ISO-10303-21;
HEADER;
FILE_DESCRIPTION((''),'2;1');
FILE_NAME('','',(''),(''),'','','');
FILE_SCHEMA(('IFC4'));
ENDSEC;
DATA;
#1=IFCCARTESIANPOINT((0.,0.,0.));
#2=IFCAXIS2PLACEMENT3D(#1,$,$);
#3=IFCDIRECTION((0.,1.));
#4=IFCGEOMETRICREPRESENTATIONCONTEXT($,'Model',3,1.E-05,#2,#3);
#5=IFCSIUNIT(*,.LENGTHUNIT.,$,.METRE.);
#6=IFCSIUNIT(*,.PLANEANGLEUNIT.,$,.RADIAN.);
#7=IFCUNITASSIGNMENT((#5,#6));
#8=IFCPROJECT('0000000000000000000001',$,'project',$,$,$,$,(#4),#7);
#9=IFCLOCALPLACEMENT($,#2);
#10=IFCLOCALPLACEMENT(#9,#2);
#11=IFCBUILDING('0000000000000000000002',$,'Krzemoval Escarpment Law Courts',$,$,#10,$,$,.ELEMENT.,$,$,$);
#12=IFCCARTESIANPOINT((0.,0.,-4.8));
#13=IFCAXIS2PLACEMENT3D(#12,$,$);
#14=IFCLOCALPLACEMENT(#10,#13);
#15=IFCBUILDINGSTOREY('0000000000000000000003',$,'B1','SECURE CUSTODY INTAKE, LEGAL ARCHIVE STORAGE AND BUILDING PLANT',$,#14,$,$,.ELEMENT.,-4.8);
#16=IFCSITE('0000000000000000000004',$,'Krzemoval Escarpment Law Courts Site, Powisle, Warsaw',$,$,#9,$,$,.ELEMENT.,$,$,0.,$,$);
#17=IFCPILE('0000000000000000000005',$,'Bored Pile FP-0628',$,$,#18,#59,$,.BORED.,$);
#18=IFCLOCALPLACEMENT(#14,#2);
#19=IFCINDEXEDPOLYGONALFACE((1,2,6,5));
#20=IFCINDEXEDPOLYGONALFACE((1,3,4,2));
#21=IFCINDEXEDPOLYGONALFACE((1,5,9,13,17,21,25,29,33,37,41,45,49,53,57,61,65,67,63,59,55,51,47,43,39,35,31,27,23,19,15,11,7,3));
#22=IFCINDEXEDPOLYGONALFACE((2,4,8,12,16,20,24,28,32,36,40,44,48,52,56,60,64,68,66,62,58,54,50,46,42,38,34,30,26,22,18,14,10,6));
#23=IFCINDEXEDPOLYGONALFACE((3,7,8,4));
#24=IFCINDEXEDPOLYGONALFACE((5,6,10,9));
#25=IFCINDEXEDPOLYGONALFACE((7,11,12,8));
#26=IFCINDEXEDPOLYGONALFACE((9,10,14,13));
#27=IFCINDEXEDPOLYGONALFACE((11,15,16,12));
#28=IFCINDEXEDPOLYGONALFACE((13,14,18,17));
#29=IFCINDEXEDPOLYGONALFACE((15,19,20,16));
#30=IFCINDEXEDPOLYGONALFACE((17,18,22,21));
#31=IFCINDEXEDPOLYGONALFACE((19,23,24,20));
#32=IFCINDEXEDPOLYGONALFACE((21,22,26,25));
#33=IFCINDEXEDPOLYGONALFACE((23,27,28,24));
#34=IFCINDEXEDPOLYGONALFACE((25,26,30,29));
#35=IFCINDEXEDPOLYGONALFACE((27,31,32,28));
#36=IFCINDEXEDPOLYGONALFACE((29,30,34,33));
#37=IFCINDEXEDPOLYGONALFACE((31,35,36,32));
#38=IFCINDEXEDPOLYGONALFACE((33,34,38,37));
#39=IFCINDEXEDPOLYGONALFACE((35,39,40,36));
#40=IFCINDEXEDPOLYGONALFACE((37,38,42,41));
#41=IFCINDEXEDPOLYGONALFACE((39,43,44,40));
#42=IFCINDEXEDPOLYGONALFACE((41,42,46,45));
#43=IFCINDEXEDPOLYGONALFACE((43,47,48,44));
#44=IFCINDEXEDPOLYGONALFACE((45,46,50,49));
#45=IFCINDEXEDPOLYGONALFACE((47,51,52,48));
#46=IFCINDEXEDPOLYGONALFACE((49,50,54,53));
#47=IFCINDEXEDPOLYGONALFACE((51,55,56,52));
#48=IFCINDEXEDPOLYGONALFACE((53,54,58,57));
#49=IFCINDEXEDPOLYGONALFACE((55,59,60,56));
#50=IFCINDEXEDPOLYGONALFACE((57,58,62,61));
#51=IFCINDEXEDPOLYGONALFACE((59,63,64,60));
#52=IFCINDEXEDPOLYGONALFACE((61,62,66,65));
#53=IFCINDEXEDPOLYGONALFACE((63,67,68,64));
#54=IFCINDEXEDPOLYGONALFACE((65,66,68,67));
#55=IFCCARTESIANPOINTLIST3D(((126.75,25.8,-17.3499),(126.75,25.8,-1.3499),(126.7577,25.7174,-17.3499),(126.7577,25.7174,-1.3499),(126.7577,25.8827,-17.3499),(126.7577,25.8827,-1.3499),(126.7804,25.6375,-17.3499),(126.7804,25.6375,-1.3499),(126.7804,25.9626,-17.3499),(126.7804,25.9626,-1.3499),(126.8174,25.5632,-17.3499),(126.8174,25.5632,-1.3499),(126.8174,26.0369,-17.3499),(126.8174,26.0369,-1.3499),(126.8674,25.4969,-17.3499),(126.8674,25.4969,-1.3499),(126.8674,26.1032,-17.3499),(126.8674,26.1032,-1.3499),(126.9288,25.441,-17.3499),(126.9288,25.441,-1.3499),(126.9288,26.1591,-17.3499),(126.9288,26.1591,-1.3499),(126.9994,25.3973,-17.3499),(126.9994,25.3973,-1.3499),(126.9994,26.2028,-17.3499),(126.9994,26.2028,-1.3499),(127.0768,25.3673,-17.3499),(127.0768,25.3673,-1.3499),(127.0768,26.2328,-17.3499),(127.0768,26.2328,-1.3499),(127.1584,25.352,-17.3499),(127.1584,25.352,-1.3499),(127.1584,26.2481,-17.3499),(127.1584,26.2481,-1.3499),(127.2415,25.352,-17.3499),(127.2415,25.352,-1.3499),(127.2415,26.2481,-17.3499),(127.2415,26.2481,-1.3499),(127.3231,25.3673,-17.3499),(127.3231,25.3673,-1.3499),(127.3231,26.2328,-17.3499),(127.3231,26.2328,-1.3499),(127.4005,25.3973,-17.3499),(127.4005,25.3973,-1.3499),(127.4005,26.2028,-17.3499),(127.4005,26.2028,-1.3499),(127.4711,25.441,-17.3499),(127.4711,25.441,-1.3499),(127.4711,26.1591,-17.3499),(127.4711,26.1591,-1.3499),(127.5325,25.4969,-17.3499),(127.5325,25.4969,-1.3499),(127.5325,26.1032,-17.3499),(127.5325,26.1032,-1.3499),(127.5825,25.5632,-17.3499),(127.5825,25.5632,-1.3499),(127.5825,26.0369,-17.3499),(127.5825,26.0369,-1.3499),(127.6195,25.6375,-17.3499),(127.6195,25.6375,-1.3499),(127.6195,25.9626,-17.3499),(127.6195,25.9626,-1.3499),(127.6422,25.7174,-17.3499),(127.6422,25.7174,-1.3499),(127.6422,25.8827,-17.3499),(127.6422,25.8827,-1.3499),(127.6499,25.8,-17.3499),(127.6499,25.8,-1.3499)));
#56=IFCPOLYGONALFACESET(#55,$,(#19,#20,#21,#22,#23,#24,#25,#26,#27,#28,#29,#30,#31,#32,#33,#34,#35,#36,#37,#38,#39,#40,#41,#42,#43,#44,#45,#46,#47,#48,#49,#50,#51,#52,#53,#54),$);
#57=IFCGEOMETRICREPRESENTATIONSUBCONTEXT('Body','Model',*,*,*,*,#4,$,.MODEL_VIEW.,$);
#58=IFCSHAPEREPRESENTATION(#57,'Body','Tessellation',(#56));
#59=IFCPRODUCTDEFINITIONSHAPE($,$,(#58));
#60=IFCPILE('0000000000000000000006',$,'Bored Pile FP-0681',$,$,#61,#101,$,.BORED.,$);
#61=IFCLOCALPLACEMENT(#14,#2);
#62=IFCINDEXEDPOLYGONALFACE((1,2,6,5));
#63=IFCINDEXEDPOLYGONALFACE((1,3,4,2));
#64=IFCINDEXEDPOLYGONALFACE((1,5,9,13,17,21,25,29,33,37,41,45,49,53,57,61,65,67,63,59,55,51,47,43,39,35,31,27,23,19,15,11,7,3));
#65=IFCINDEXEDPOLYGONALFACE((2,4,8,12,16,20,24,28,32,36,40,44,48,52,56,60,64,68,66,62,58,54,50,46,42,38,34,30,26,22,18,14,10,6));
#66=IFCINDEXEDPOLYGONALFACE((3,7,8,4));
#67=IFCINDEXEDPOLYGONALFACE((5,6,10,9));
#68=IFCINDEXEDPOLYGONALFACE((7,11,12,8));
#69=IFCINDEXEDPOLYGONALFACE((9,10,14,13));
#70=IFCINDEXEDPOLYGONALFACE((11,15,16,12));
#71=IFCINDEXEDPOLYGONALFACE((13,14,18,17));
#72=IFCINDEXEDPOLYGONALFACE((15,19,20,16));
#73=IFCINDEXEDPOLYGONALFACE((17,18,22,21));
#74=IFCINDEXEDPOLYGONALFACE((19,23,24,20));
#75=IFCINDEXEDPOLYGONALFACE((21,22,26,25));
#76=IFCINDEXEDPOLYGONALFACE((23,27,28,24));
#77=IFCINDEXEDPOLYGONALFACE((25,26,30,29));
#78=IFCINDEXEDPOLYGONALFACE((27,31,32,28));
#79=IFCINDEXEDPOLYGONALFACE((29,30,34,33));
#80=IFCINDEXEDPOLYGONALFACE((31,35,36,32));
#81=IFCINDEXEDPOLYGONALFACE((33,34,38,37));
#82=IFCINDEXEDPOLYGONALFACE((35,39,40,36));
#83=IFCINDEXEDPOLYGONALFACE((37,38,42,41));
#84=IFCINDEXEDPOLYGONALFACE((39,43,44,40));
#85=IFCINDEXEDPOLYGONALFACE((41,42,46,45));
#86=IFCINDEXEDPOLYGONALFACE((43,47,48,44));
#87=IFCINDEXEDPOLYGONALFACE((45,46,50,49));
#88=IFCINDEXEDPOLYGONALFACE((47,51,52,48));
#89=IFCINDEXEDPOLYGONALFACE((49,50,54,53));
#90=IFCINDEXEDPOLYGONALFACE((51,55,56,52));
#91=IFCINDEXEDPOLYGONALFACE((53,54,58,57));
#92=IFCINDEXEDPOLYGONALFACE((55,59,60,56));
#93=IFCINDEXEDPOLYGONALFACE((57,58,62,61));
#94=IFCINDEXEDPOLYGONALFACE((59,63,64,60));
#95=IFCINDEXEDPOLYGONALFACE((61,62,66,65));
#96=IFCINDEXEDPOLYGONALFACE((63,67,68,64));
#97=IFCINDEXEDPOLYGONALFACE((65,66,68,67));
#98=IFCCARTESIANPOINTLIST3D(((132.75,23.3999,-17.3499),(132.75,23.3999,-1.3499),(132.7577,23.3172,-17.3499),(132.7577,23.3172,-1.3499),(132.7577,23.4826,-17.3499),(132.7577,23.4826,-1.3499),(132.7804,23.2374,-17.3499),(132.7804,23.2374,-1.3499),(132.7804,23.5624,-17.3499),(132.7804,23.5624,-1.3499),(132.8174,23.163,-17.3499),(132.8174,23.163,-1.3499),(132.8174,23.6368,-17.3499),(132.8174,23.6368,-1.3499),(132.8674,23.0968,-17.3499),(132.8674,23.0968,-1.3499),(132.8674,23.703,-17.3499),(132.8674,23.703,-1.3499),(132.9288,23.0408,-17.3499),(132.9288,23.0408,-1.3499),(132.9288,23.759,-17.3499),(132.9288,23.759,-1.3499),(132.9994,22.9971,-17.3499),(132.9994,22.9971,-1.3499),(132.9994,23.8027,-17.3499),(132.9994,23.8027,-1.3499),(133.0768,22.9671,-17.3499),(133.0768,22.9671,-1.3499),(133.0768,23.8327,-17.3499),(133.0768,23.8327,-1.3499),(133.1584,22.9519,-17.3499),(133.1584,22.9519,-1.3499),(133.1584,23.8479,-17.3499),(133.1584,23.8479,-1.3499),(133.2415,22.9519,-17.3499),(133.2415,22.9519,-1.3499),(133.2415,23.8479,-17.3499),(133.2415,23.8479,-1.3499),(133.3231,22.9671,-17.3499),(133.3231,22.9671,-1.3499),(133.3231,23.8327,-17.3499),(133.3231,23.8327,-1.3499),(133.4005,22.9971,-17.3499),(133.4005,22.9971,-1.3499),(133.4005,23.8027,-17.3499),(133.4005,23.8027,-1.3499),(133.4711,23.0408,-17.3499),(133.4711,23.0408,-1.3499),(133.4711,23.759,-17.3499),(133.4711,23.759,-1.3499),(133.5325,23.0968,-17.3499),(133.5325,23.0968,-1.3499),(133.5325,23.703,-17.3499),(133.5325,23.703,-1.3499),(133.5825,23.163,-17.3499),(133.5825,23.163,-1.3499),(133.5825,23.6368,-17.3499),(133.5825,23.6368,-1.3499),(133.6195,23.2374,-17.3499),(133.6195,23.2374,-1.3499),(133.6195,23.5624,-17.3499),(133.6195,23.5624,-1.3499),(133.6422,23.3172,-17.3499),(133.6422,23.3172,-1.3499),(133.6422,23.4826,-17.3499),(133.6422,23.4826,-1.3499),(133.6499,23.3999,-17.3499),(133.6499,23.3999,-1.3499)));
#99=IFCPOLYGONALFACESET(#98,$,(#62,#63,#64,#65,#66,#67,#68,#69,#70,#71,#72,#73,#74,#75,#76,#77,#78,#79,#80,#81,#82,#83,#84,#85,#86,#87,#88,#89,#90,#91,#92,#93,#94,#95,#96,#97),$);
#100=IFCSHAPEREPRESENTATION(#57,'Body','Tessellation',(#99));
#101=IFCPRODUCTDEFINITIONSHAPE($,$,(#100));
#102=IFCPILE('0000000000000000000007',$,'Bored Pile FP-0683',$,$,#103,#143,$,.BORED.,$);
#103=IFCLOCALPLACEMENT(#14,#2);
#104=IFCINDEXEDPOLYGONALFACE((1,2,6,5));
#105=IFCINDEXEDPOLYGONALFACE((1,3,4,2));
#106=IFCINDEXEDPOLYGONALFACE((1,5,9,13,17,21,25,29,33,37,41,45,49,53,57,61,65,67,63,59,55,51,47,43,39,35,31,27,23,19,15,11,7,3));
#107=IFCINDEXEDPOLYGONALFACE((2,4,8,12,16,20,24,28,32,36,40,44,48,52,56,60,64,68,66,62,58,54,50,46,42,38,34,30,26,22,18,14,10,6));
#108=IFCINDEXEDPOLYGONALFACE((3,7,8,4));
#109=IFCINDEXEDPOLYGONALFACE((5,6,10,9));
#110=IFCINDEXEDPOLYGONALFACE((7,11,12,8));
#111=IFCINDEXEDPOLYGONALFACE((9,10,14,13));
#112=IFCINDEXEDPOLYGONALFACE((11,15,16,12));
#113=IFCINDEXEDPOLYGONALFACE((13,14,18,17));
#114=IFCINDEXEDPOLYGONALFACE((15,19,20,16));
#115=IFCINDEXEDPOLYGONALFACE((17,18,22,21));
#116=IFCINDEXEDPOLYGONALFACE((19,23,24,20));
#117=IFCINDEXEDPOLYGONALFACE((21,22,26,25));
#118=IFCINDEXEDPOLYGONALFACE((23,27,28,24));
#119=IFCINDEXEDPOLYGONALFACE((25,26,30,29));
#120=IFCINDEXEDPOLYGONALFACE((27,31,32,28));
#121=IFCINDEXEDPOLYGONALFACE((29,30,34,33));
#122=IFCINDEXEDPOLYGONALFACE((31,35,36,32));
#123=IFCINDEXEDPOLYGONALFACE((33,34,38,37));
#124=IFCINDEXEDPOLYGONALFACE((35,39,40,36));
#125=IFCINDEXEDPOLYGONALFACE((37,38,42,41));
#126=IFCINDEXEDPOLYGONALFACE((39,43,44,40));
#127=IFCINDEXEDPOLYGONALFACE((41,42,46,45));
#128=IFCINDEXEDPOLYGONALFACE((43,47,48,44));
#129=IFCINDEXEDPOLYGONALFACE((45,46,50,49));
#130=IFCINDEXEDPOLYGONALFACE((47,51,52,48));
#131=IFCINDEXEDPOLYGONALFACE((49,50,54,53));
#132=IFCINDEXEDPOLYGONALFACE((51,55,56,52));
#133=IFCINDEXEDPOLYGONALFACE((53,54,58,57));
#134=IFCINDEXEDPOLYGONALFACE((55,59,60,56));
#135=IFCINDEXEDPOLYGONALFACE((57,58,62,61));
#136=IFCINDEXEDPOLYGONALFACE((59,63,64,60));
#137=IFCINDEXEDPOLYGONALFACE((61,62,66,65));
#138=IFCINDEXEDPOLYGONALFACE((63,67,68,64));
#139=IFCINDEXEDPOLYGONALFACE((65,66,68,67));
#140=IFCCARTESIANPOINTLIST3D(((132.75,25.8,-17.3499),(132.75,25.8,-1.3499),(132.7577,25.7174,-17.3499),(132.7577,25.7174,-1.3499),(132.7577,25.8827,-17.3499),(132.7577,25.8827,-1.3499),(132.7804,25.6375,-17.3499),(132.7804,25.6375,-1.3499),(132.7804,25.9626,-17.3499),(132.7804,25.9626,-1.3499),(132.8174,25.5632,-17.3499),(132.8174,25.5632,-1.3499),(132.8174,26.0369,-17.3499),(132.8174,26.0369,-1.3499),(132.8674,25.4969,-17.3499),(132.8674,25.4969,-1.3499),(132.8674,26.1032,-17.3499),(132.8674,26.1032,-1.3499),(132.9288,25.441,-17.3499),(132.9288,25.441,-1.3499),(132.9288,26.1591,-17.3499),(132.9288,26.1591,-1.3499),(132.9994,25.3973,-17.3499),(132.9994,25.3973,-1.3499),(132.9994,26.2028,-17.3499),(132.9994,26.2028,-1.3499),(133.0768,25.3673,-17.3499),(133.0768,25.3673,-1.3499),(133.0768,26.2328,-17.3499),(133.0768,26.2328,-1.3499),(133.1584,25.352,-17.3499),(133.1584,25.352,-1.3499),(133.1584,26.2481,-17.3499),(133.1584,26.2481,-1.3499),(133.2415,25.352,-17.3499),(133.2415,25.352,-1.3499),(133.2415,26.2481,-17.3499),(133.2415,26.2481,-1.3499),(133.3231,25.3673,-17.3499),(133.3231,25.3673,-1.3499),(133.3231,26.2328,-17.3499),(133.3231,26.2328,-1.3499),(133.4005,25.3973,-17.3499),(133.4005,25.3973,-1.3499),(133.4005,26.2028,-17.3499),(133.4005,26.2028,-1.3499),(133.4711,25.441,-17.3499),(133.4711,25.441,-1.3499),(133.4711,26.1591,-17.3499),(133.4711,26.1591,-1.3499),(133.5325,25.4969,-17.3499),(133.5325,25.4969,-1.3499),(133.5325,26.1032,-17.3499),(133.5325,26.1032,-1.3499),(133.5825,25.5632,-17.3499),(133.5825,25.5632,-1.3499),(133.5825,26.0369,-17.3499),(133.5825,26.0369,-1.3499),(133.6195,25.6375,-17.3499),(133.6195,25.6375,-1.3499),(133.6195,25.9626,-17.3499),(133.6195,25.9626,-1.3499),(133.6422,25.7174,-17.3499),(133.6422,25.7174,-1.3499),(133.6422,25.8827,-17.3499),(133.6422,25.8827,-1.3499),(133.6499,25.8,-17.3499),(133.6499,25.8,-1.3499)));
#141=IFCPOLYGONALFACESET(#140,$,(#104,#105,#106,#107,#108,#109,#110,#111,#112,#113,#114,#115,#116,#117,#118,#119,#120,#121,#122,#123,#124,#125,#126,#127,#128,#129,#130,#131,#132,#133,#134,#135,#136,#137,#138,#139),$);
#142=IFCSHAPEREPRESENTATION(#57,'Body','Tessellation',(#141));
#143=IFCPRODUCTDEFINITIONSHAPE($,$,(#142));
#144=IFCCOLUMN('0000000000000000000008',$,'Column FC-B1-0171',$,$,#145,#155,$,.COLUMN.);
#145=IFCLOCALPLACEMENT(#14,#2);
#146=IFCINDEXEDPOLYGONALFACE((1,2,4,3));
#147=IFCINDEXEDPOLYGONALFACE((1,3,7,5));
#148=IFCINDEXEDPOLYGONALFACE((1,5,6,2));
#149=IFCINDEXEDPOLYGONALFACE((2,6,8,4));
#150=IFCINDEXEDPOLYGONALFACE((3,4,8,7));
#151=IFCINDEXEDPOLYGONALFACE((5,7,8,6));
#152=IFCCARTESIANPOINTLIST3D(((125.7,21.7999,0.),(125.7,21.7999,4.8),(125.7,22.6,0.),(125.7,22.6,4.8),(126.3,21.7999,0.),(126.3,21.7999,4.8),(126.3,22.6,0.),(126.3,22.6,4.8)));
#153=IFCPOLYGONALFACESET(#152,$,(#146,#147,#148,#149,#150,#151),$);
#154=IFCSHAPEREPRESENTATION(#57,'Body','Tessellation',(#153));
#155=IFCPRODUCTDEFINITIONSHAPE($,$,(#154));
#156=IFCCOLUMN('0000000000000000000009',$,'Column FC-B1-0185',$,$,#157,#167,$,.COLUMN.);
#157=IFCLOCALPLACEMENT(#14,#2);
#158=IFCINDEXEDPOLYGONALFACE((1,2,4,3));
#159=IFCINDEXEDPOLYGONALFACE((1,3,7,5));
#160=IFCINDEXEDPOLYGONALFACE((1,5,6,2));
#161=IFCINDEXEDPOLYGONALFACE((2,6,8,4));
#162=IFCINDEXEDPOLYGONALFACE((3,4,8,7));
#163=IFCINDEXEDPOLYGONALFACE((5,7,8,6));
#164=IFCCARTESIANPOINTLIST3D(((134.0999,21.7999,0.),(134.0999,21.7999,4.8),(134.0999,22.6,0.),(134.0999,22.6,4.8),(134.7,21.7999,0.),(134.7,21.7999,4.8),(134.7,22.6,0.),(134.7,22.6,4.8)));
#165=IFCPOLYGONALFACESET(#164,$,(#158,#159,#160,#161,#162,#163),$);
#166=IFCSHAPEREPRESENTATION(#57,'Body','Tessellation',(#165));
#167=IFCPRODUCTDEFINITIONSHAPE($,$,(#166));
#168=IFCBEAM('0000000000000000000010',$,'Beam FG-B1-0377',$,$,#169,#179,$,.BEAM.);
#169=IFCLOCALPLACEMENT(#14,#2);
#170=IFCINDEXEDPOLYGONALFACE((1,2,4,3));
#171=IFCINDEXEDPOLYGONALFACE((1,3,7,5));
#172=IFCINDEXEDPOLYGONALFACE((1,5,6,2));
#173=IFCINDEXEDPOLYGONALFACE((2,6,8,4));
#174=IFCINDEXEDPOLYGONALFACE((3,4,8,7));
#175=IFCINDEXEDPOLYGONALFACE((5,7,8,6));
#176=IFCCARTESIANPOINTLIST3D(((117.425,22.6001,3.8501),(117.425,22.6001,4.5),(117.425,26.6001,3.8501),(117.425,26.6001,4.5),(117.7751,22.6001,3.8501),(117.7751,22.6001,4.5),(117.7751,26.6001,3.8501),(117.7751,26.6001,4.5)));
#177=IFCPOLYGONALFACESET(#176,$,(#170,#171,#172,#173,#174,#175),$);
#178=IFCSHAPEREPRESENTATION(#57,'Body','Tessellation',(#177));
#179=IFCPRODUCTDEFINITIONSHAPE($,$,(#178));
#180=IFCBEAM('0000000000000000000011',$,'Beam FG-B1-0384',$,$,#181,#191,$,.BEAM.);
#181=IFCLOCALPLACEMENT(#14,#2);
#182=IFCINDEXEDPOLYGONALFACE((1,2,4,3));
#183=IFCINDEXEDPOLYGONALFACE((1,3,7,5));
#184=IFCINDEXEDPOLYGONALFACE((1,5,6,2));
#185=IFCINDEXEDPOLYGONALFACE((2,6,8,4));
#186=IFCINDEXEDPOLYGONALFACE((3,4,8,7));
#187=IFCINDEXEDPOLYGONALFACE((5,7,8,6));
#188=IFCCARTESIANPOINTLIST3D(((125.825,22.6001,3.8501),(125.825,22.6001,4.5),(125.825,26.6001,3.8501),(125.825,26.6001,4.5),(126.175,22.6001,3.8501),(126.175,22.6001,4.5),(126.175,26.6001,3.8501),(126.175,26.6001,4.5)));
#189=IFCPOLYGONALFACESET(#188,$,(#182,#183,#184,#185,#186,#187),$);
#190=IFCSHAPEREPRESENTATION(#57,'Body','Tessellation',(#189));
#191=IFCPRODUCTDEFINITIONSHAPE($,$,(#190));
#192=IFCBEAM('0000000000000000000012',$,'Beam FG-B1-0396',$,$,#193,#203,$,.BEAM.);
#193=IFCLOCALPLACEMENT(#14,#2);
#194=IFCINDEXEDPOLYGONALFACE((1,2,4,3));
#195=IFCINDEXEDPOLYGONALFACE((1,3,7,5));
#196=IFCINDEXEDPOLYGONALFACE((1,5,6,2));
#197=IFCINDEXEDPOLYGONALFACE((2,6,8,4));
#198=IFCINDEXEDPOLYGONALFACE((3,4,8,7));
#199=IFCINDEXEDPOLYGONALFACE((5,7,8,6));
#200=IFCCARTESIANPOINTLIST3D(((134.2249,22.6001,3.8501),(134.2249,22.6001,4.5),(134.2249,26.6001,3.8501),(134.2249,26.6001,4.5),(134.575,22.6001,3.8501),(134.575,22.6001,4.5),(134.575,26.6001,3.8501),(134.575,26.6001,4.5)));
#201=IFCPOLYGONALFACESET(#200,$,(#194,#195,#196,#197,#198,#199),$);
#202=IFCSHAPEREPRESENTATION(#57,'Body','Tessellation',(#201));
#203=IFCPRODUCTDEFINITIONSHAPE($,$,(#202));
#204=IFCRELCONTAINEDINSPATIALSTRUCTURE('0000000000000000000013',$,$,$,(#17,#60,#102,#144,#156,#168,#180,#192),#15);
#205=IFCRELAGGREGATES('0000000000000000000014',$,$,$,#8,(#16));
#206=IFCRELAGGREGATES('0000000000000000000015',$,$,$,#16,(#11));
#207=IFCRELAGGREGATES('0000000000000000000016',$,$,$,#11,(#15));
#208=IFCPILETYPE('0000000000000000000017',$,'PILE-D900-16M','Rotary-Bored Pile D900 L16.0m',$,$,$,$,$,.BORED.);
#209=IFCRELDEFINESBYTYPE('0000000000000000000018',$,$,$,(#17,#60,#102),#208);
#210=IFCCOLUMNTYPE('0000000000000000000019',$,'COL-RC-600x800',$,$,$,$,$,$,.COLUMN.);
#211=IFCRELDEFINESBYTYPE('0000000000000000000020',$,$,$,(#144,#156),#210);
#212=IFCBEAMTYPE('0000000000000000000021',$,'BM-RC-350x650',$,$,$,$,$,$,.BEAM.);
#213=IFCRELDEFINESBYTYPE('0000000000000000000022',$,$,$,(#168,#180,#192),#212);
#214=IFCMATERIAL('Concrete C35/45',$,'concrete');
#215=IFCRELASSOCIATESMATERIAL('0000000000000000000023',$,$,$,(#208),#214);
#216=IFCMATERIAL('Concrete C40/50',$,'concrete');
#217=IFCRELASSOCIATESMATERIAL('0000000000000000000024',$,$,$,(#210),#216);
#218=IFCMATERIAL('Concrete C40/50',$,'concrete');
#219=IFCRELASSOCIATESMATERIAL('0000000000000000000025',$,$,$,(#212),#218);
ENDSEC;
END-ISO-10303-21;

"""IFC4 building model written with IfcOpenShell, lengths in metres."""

from ifc_helpers import new_model, si_unit, direction, frame, origin, origin_2d, place, context, subcontext, project, spatial, rectangle, circle, extrude, material, material_profile, profile_set, type_object, element, save


model = new_model("IFC4")

# Units and contexts
model_context = context("Model", 3, precision=1e-05, world=origin(), true_north=direction((0.0, 1.0)))
body_context = subcontext(model_context, "Body", "Model", "MODEL_VIEW")
ifc_project = project(units=[si_unit("LENGTHUNIT", "METRE"), si_unit("PLANEANGLEUNIT", "RADIAN")], contexts=[model_context])

# Site, building, storey
site_placement = place(None, origin())
site = spatial("IfcSite", under=ifc_project, at=site_placement, Name="Krzemoval Escarpment Law Courts Site, Powisle, Warsaw", CompositionType="ELEMENT", RefElevation=0.0)
building_placement = place(site_placement, origin())
building = spatial("IfcBuilding", under=site, at=building_placement, Name="Krzemoval Escarpment Law Courts", CompositionType="ELEMENT")
storey_placement = place(building_placement, frame((0.0, 0.0, -4.8)))
storey = spatial("IfcBuildingStorey", under=building, at=storey_placement, Name="B1", Description="SECURE CUSTODY INTAKE, LEGAL ARCHIVE STORAGE AND BUILDING PLANT", CompositionType="ELEMENT", Elevation=-4.8)

# Piles
ifc_material_1 = material(Name="Concrete C35/45", Category="concrete")
ifc_material_profile_1 = material_profile(ifc_material_1, circle(Radius=0.45, at=origin_2d()), Name="PILE D900")
ifc_profile_set_1 = profile_set([ifc_material_profile_1], Name="Concrete C35/45")
pile_type = type_object("IfcPileType", Name="PILE-D900-16M", Description="Rotary-Bored Pile D900 L16.0m", PredefinedType="BORED", material=ifc_profile_set_1)
for number, where, z_axis, x_axis, name in (
    (1, (127.2, 25.8, -1.3499), (0.0, 0.0, -1.0), (1.0, 0.0, 0.0), "Bored Pile FP-0628"),
    (2, (133.2, 23.3999, -1.3499), (0.0, 0.0, -1.0), (1.0, 0.0, 0.0), "Bored Pile FP-0681"),
    (3, (133.2, 25.8, -1.3499), (0.0, 0.0, -1.0), (1.0, 0.0, 0.0), "Bored Pile FP-0683"),
):
    element("IfcPile", number, at=place(storey_placement, frame(where, z_axis=z_axis, x_axis=x_axis)), inside=storey, type_object=pile_type, Name=name, PredefinedType="BORED", context=body_context, shape_type="SweptSolid", body=[
        extrude(circle(Radius=0.45, at=origin_2d()), origin(), (0.0, 0.0, 1.0), 16.0),
    ])

# Columns
ifc_material_2 = material(Name="Concrete C40/50", Category="concrete")
ifc_material_profile_2 = material_profile(ifc_material_2, rectangle(XDim=0.6001, YDim=0.8, at=origin_2d()), Name="RC 600x800")
ifc_profile_set_2 = profile_set([ifc_material_profile_2], Name="Concrete C40/50")
column_type = type_object("IfcColumnType", Name="COL-RC-600x800", PredefinedType="COLUMN", material=ifc_profile_set_2)
for number, where, z_axis, x_axis, name in (
    (4, (126.0, 22.2, 0.0), (0.0, 0.0, 1.0), (1.0, 0.0, 0.0), "Column FC-B1-0171"),
    (5, (134.3999, 22.2, 0.0), (0.0, 0.0, 1.0), (1.0, 0.0, 0.0), "Column FC-B1-0185"),
):
    element("IfcColumn", number, at=place(storey_placement, frame(where, z_axis=z_axis, x_axis=x_axis)), inside=storey, type_object=column_type, Name=name, PredefinedType="COLUMN", context=body_context, shape_type="SweptSolid", body=[
        extrude(rectangle(XDim=0.6001, YDim=0.8, at=origin_2d()), origin(), (0.0, 0.0, 1.0), 4.8),
    ])

# Beams
ifc_material_3 = material(Name="Concrete C40/50", Category="concrete")
ifc_material_profile_3 = material_profile(ifc_material_3, rectangle(XDim=0.3501, YDim=0.6499, at=origin_2d()), Name="RCB 350x650")
ifc_profile_set_3 = profile_set([ifc_material_profile_3], Name="Concrete C40/50")
beam_type_1 = type_object("IfcBeamType", Name="BM-RC-350x650", PredefinedType="BEAM", material=ifc_profile_set_3)
for number, where, z_axis, x_axis, name in (
    (6, (117.6001, 22.6001, 4.175), (0.0, 1.0, 0.0), (-1.0, 0.0, 0.0), "Beam FG-B1-0377"),
    (7, (126.0, 22.6001, 4.175), (0.0, 1.0, 0.0), (-1.0, 0.0, 0.0), "Beam FG-B1-0384"),
    (8, (134.3999, 22.6001, 4.175), (0.0, 1.0, 0.0), (-1.0, 0.0, 0.0), "Beam FG-B1-0396"),
):
    element("IfcBeam", number, at=place(storey_placement, frame(where, z_axis=z_axis, x_axis=x_axis)), inside=storey, type_object=beam_type_1, Name=name, PredefinedType="BEAM", context=body_context, shape_type="SweptSolid", body=[
        extrude(rectangle(XDim=0.3501, YDim=0.6499, at=origin_2d()), origin(), (0.0, 0.0, 1.0), 4.0),
    ])

save(model, "model.ifc")
